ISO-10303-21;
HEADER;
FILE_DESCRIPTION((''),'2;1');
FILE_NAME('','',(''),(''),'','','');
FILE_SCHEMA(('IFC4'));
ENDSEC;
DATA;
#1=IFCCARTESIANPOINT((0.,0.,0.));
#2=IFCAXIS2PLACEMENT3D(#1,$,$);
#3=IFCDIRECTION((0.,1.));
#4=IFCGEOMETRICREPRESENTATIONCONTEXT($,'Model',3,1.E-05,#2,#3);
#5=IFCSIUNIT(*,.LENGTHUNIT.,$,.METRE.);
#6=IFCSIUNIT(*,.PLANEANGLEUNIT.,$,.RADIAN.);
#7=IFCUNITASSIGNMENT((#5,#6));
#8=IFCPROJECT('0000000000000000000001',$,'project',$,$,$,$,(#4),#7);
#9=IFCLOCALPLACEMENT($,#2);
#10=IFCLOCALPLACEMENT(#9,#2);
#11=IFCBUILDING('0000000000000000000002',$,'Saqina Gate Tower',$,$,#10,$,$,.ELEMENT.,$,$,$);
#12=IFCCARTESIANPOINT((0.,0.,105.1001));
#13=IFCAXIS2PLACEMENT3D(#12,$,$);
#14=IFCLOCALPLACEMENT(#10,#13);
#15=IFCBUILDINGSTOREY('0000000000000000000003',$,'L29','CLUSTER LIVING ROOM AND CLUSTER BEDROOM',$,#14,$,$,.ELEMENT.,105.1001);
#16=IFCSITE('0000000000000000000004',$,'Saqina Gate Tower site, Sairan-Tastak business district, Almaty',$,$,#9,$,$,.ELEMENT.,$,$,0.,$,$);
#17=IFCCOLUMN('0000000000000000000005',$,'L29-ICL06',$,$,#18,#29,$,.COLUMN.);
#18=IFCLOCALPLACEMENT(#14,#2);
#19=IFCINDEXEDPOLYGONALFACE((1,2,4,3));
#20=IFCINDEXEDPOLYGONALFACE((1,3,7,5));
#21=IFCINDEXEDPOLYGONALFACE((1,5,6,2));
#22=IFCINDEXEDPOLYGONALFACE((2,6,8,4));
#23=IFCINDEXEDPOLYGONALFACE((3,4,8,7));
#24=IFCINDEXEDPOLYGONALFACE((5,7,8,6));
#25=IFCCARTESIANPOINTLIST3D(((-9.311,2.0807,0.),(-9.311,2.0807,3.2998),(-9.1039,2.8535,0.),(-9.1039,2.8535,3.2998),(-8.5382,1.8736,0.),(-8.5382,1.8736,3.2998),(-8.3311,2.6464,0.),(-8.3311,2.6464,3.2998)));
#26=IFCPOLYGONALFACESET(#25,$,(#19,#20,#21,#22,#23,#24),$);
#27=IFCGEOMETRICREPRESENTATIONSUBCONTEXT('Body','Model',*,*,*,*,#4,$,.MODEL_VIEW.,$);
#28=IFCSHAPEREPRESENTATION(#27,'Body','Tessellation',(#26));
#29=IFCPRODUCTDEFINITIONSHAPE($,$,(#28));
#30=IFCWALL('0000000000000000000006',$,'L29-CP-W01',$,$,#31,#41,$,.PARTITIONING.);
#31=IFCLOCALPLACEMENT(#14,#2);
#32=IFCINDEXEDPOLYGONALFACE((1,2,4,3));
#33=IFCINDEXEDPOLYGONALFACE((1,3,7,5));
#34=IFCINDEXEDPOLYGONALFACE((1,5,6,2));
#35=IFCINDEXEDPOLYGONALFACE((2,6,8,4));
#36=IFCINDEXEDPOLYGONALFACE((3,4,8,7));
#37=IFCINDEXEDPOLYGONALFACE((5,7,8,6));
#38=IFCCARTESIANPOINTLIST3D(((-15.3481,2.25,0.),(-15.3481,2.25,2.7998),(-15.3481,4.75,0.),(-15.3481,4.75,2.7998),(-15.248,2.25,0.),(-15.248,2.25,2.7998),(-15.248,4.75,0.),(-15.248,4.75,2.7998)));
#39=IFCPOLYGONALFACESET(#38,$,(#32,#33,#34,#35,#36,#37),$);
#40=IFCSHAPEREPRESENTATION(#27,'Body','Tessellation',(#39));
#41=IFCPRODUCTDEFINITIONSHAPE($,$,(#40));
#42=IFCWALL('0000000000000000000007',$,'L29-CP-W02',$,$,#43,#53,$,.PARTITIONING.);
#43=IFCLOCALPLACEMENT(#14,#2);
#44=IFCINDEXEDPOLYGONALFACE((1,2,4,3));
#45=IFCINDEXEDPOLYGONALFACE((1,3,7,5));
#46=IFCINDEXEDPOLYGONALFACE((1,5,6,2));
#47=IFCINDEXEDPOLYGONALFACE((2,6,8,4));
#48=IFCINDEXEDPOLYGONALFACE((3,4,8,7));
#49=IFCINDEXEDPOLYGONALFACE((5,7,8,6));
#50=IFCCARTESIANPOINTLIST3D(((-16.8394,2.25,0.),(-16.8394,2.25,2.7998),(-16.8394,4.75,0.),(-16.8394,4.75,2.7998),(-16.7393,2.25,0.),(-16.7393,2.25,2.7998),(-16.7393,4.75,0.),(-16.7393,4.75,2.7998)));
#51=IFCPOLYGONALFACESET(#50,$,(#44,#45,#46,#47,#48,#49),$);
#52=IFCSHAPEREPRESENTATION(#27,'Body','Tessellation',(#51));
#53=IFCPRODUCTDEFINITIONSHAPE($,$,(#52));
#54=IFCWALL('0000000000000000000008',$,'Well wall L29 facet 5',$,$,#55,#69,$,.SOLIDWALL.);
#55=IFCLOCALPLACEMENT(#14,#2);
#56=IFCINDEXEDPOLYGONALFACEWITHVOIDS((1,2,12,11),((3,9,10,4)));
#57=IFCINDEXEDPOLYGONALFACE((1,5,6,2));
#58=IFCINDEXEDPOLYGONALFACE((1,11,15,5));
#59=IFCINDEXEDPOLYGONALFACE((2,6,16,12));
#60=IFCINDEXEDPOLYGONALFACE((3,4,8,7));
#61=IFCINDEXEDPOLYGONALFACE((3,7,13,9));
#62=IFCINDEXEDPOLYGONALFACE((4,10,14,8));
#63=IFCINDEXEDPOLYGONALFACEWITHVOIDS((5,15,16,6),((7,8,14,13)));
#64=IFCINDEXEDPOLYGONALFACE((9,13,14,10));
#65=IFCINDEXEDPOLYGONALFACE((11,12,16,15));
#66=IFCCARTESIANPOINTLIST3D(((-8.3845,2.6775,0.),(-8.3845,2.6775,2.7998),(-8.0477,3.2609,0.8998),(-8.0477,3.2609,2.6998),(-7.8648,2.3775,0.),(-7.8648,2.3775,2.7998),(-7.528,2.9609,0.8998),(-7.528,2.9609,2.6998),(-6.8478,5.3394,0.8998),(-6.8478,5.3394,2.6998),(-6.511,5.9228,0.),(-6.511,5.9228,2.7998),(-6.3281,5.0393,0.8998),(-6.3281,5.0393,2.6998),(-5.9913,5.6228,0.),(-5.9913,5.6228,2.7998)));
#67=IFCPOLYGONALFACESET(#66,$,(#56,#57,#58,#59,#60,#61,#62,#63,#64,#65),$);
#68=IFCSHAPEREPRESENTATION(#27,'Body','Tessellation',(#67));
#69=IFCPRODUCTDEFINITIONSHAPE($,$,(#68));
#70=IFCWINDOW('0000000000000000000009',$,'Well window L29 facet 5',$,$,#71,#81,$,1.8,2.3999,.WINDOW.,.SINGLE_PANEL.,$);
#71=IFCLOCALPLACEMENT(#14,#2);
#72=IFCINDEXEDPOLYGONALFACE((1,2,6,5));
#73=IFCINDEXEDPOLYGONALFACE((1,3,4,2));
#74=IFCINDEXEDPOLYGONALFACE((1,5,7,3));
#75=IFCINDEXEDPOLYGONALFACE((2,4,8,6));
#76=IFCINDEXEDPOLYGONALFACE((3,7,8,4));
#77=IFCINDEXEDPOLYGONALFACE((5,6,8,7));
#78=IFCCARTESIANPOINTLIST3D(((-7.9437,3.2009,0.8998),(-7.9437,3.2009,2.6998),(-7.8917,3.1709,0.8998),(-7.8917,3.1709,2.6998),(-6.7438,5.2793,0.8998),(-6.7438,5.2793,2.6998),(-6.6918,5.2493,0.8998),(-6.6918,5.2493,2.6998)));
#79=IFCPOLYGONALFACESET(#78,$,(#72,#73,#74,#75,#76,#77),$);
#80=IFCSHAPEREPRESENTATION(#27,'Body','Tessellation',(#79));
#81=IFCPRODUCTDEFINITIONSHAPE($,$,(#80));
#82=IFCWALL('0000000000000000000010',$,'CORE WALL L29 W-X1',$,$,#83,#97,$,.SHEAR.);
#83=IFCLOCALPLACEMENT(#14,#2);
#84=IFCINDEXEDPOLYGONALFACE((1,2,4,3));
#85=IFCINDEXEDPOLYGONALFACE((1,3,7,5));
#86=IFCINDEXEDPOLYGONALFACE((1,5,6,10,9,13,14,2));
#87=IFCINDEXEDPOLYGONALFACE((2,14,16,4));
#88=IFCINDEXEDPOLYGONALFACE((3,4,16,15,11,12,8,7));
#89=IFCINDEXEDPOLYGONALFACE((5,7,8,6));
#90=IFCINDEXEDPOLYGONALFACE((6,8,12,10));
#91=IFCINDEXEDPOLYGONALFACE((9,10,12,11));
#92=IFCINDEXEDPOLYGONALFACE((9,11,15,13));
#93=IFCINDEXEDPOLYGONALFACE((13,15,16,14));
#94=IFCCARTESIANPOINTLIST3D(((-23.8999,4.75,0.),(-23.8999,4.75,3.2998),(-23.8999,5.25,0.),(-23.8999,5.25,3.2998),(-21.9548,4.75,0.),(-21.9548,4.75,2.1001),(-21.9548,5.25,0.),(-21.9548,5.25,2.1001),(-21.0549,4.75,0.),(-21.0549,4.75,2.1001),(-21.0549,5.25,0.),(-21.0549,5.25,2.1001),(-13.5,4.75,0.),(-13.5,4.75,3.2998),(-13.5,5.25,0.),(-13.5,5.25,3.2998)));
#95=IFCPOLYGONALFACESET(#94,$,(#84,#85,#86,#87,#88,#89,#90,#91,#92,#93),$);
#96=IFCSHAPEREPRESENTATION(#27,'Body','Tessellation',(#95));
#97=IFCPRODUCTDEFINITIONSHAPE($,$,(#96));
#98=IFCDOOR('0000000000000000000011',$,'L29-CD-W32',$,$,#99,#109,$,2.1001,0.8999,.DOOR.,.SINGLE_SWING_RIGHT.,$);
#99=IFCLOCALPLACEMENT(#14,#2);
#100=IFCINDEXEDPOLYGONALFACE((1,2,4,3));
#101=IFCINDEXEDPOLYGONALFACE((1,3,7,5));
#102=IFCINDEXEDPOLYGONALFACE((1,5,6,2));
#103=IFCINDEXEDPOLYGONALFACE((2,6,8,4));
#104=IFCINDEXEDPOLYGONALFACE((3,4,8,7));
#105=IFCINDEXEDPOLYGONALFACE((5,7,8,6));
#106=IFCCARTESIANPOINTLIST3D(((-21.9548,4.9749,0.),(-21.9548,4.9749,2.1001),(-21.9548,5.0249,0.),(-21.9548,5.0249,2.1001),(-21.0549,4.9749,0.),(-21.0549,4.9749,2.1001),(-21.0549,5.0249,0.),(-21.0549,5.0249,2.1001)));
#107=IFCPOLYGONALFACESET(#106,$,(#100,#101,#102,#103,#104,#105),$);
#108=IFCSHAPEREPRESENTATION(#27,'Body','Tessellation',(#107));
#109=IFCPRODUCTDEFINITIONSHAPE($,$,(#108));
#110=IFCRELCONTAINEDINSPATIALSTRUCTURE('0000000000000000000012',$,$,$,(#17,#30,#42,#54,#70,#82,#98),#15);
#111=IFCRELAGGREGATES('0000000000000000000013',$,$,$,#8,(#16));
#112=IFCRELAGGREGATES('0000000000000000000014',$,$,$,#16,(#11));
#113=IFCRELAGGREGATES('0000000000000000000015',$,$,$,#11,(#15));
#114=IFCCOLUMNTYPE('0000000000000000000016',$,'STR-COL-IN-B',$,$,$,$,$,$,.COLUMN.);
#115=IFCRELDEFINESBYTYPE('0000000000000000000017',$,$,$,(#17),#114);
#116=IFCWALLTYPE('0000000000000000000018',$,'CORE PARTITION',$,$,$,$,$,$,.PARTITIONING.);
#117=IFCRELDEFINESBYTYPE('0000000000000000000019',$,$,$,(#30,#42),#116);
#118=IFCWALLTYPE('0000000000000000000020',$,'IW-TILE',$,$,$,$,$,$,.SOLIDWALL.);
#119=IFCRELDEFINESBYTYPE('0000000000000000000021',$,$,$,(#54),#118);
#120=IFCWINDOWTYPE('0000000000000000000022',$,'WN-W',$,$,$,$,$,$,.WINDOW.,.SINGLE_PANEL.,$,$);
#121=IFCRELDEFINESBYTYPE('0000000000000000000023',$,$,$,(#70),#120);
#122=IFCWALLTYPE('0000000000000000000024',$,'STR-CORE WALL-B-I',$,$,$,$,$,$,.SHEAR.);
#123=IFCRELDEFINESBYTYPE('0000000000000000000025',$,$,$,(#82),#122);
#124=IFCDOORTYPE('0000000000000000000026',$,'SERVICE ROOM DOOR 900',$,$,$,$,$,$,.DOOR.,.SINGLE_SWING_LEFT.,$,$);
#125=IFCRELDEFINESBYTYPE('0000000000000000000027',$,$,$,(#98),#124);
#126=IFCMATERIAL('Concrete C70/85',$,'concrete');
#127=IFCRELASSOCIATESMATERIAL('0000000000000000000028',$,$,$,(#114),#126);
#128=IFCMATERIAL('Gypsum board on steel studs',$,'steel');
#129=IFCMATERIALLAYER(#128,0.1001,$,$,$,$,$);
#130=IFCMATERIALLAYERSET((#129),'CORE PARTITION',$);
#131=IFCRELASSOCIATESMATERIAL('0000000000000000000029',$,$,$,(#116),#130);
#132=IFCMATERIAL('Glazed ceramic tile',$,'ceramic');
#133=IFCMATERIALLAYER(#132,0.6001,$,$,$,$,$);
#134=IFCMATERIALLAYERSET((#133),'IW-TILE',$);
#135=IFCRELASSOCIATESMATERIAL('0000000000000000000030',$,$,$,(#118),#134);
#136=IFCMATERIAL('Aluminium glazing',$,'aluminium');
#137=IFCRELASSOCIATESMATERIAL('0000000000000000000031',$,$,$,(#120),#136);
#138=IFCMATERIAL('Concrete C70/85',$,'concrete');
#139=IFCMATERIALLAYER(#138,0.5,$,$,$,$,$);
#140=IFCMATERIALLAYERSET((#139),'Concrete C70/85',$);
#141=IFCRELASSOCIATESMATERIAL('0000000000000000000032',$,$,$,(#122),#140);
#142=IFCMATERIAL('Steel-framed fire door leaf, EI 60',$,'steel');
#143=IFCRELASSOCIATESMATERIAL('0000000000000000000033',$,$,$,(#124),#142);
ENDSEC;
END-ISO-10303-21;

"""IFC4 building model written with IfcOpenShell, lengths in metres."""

from ifc_helpers import new_model, si_unit, direction, frame, frame_2d, origin, origin_2d, place, context, subcontext, project, spatial, rectangle, extrude, material, layer, layer_set, material_profile, profile_set, type_object, element, fill, save


model = new_model("IFC4")

# Units and contexts
model_context = context("Model", 3, precision=1e-05, world=origin(), true_north=direction((0.0, 1.0)))
body_context = subcontext(model_context, "Body", "Model", "MODEL_VIEW")
ifc_project = project(units=[si_unit("LENGTHUNIT", "METRE"), si_unit("PLANEANGLEUNIT", "RADIAN")], contexts=[model_context])

# Site, building, storey
site_placement = place(None, origin())
site = spatial("IfcSite", under=ifc_project, at=site_placement, Name="Saqina Gate Tower site, Sairan-Tastak business district, Almaty", CompositionType="ELEMENT", RefElevation=0.0)
building_placement = place(site_placement, origin())
building = spatial("IfcBuilding", under=site, at=building_placement, Name="Saqina Gate Tower", CompositionType="ELEMENT")
storey_placement = place(building_placement, frame((0.0, 0.0, 105.1001)))
storey = spatial("IfcBuildingStorey", under=building, at=storey_placement, Name="L29", Description="CLUSTER LIVING ROOM AND CLUSTER BEDROOM", CompositionType="ELEMENT", Elevation=105.1001)

# Column
ifc_material_1 = material(Name="Concrete C70/85", Category="concrete")
ifc_material_profile = material_profile(ifc_material_1, rectangle(XDim=0.8, YDim=0.8, at=origin_2d()), Name="RC 800x800")
ifc_profile_set = profile_set([ifc_material_profile], Name="Concrete C70/85")
column_type = type_object("IfcColumnType", Name="STR-COL-IN-B", PredefinedType="COLUMN", material=ifc_profile_set)
column_placement = place(storey_placement, frame((-8.821, 2.3635, 0.0), z_axis=(0.0, 0.0, 1.0), x_axis=(-0.965926, 0.258819, 0.0)))
element("IfcColumn", 1, at=column_placement, inside=storey, type_object=column_type, Name="L29-ICL06", PredefinedType="COLUMN", context=body_context, shape_type="SweptSolid", body=[
    extrude(rectangle(XDim=0.8, YDim=0.8, at=origin_2d()), origin(), (0.0, 0.0, 1.0), 3.2998),
])

# Walls
ifc_material_2 = material(Name="Gypsum board on steel studs", Category="steel")
ifc_layer_1 = layer(ifc_material_2, 0.1001)
ifc_layer_set_1 = layer_set([ifc_layer_1], Name="CORE PARTITION")
wall_type_1 = type_object("IfcWallType", Name="CORE PARTITION", PredefinedType="PARTITIONING", material=ifc_layer_set_1)
for number, where, z_axis, x_axis, name in (
    (2, (-15.2981, 2.25, 0.0), (0.0, 0.0, 1.0), (0.0, 1.0, 0.0), "L29-CP-W01"),
    (3, (-16.7893, 2.25, 0.0), (0.0, 0.0, 1.0), (0.0, 1.0, 0.0), "L29-CP-W02"),
):
    element("IfcWall", number, at=place(storey_placement, frame(where, z_axis=z_axis, x_axis=x_axis)), inside=storey, type_object=wall_type_1, Name=name, PredefinedType="PARTITIONING", context=body_context, shape_type="SweptSolid", body=[
        extrude(rectangle(XDim=2.5, YDim=0.1001, at=frame_2d((1.25, 0.0))), origin(), (0.0, 0.0, 1.0), 2.7998),
    ])

# Wall, opening, window
ifc_material_3 = material(Name="Glazed ceramic tile", Category="ceramic")
ifc_layer_2 = layer(ifc_material_3, 0.6001)
ifc_layer_set_2 = layer_set([ifc_layer_2], Name="IW-TILE")
wall_type_2 = type_object("IfcWallType", Name="IW-TILE", PredefinedType="SOLIDWALL", material=ifc_layer_set_2)
wall_1_placement = place(storey_placement, frame((-6.2512, 5.7727, 0.0), z_axis=(0.0, 0.0, 1.0), x_axis=(-0.499965, -0.866046, 0.0)))
wall_1 = element("IfcWall", 4, at=wall_1_placement, inside=storey, type_object=wall_type_2, Name="Well wall L29 facet 5", PredefinedType="SOLIDWALL", context=body_context, shape_type="SweptSolid", body=[
    extrude(rectangle(XDim=3.7473, YDim=0.6001, at=frame_2d((1.8735, 0.0))), origin(), (0.0, 0.0, 1.0), 2.7998),
])
opening_1_placement = place(wall_1_placement, frame((0.6736, 0.0, 0.8999)))
opening_1 = element("IfcOpeningElement", 5, at=opening_1_placement, cuts=wall_1, PredefinedType="OPENING", context=body_context, shape_type="SweptSolid", body=[
    extrude(rectangle(XDim=2.3999, YDim=1.8, at=frame_2d((1.2, 0.8999))), frame((0.0, 0.312, 0.0), z_axis=(0.0, -1.0, 0.0), x_axis=(1.0, 0.0, 0.0)), (0.0, 0.0, 1.0), 0.624),
])
ifc_material_4 = material(Name="Aluminium glazing", Category="aluminium")
window_type = type_object("IfcWindowType", Name="WN-W", PartitioningType="SINGLE_PANEL", PredefinedType="WINDOW", material=ifc_material_4)
window_placement = place(opening_1_placement, origin())
window = element("IfcWindow", 6, at=window_placement, inside=storey, type_object=window_type, Name="Well window L29 facet 5", OverallHeight=1.8, OverallWidth=2.3999, PartitioningType="SINGLE_PANEL", PredefinedType="WINDOW", context=body_context, shape_type="SweptSolid", body=[
    extrude(rectangle(XDim=2.3999, YDim=1.8, at=frame_2d((1.2, 0.8999))), frame((0.0, -0.1199, 0.0), z_axis=(0.0, -1.0, 0.0), x_axis=(1.0, 0.0, 0.0)), (0.0, 0.0, 1.0), 0.0601),
])
fill(opening_1, window)

# Wall, opening, door
ifc_material_5 = material(Name="Concrete C70/85", Category="concrete")
ifc_layer_3 = layer(ifc_material_5, 0.5)
ifc_layer_set_3 = layer_set([ifc_layer_3], Name="Concrete C70/85")
wall_type_3 = type_object("IfcWallType", Name="STR-CORE WALL-B-I", PredefinedType="SHEAR", material=ifc_layer_set_3)
wall_2_placement = place(storey_placement, frame((-13.5, 5.0, 0.0), z_axis=(0.0, 0.0, 1.0), x_axis=(-1.0, 0.0, 0.0)))
wall_2 = element("IfcWall", 7, at=wall_2_placement, inside=storey, type_object=wall_type_3, Name="CORE WALL L29 W-X1", PredefinedType="SHEAR", context=body_context, shape_type="SweptSolid", body=[
    extrude(rectangle(XDim=10.3999, YDim=0.5, at=frame_2d((5.2, 0.0))), origin(), (0.0, 0.0, 1.0), 3.2998),
])
opening_2_placement = place(wall_2_placement, frame((7.5549, 0.0, 0.0)))
opening_2 = element("IfcOpeningElement", 8, at=opening_2_placement, cuts=wall_2, PredefinedType="OPENING", context=body_context, shape_type="SweptSolid", body=[
    extrude(rectangle(XDim=0.8999, YDim=2.1001, at=frame_2d((0.45, 1.05))), frame((0.0, 0.262, 0.0), z_axis=(0.0, -1.0, 0.0), x_axis=(1.0, 0.0, 0.0)), (0.0, 0.0, 1.0), 0.5239),
])
ifc_material_6 = material(Name="Steel-framed fire door leaf, EI 60", Category="steel")
door_type_1 = type_object("IfcDoorType", Name="SERVICE ROOM DOOR 900", OperationType="SINGLE_SWING_LEFT", PredefinedType="DOOR", material=ifc_material_6)
door_1_placement = place(opening_2_placement, frame((0.8999, 0.0, 0.0), z_axis=(0.0, 0.0, 1.0), x_axis=(-1.0, 0.0, 0.0)))
door_1 = element("IfcDoor", 9, at=door_1_placement, inside=storey, type_object=door_type_1, Name="L29-CD-W32", OperationType="SINGLE_SWING_RIGHT", OverallHeight=2.1001, OverallWidth=0.8999, PredefinedType="DOOR", context=body_context, shape_type="SweptSolid", body=[
    extrude(rectangle(XDim=0.8999, YDim=2.1001, at=frame_2d((0.45, 1.05))), frame((0.0, 0.0249, 0.0), z_axis=(0.0, -1.0, 0.0), x_axis=(1.0, 0.0, 0.0)), (0.0, 0.0, 1.0), 0.05),
])
fill(opening_2, door_1)

save(model, "model.ifc")
